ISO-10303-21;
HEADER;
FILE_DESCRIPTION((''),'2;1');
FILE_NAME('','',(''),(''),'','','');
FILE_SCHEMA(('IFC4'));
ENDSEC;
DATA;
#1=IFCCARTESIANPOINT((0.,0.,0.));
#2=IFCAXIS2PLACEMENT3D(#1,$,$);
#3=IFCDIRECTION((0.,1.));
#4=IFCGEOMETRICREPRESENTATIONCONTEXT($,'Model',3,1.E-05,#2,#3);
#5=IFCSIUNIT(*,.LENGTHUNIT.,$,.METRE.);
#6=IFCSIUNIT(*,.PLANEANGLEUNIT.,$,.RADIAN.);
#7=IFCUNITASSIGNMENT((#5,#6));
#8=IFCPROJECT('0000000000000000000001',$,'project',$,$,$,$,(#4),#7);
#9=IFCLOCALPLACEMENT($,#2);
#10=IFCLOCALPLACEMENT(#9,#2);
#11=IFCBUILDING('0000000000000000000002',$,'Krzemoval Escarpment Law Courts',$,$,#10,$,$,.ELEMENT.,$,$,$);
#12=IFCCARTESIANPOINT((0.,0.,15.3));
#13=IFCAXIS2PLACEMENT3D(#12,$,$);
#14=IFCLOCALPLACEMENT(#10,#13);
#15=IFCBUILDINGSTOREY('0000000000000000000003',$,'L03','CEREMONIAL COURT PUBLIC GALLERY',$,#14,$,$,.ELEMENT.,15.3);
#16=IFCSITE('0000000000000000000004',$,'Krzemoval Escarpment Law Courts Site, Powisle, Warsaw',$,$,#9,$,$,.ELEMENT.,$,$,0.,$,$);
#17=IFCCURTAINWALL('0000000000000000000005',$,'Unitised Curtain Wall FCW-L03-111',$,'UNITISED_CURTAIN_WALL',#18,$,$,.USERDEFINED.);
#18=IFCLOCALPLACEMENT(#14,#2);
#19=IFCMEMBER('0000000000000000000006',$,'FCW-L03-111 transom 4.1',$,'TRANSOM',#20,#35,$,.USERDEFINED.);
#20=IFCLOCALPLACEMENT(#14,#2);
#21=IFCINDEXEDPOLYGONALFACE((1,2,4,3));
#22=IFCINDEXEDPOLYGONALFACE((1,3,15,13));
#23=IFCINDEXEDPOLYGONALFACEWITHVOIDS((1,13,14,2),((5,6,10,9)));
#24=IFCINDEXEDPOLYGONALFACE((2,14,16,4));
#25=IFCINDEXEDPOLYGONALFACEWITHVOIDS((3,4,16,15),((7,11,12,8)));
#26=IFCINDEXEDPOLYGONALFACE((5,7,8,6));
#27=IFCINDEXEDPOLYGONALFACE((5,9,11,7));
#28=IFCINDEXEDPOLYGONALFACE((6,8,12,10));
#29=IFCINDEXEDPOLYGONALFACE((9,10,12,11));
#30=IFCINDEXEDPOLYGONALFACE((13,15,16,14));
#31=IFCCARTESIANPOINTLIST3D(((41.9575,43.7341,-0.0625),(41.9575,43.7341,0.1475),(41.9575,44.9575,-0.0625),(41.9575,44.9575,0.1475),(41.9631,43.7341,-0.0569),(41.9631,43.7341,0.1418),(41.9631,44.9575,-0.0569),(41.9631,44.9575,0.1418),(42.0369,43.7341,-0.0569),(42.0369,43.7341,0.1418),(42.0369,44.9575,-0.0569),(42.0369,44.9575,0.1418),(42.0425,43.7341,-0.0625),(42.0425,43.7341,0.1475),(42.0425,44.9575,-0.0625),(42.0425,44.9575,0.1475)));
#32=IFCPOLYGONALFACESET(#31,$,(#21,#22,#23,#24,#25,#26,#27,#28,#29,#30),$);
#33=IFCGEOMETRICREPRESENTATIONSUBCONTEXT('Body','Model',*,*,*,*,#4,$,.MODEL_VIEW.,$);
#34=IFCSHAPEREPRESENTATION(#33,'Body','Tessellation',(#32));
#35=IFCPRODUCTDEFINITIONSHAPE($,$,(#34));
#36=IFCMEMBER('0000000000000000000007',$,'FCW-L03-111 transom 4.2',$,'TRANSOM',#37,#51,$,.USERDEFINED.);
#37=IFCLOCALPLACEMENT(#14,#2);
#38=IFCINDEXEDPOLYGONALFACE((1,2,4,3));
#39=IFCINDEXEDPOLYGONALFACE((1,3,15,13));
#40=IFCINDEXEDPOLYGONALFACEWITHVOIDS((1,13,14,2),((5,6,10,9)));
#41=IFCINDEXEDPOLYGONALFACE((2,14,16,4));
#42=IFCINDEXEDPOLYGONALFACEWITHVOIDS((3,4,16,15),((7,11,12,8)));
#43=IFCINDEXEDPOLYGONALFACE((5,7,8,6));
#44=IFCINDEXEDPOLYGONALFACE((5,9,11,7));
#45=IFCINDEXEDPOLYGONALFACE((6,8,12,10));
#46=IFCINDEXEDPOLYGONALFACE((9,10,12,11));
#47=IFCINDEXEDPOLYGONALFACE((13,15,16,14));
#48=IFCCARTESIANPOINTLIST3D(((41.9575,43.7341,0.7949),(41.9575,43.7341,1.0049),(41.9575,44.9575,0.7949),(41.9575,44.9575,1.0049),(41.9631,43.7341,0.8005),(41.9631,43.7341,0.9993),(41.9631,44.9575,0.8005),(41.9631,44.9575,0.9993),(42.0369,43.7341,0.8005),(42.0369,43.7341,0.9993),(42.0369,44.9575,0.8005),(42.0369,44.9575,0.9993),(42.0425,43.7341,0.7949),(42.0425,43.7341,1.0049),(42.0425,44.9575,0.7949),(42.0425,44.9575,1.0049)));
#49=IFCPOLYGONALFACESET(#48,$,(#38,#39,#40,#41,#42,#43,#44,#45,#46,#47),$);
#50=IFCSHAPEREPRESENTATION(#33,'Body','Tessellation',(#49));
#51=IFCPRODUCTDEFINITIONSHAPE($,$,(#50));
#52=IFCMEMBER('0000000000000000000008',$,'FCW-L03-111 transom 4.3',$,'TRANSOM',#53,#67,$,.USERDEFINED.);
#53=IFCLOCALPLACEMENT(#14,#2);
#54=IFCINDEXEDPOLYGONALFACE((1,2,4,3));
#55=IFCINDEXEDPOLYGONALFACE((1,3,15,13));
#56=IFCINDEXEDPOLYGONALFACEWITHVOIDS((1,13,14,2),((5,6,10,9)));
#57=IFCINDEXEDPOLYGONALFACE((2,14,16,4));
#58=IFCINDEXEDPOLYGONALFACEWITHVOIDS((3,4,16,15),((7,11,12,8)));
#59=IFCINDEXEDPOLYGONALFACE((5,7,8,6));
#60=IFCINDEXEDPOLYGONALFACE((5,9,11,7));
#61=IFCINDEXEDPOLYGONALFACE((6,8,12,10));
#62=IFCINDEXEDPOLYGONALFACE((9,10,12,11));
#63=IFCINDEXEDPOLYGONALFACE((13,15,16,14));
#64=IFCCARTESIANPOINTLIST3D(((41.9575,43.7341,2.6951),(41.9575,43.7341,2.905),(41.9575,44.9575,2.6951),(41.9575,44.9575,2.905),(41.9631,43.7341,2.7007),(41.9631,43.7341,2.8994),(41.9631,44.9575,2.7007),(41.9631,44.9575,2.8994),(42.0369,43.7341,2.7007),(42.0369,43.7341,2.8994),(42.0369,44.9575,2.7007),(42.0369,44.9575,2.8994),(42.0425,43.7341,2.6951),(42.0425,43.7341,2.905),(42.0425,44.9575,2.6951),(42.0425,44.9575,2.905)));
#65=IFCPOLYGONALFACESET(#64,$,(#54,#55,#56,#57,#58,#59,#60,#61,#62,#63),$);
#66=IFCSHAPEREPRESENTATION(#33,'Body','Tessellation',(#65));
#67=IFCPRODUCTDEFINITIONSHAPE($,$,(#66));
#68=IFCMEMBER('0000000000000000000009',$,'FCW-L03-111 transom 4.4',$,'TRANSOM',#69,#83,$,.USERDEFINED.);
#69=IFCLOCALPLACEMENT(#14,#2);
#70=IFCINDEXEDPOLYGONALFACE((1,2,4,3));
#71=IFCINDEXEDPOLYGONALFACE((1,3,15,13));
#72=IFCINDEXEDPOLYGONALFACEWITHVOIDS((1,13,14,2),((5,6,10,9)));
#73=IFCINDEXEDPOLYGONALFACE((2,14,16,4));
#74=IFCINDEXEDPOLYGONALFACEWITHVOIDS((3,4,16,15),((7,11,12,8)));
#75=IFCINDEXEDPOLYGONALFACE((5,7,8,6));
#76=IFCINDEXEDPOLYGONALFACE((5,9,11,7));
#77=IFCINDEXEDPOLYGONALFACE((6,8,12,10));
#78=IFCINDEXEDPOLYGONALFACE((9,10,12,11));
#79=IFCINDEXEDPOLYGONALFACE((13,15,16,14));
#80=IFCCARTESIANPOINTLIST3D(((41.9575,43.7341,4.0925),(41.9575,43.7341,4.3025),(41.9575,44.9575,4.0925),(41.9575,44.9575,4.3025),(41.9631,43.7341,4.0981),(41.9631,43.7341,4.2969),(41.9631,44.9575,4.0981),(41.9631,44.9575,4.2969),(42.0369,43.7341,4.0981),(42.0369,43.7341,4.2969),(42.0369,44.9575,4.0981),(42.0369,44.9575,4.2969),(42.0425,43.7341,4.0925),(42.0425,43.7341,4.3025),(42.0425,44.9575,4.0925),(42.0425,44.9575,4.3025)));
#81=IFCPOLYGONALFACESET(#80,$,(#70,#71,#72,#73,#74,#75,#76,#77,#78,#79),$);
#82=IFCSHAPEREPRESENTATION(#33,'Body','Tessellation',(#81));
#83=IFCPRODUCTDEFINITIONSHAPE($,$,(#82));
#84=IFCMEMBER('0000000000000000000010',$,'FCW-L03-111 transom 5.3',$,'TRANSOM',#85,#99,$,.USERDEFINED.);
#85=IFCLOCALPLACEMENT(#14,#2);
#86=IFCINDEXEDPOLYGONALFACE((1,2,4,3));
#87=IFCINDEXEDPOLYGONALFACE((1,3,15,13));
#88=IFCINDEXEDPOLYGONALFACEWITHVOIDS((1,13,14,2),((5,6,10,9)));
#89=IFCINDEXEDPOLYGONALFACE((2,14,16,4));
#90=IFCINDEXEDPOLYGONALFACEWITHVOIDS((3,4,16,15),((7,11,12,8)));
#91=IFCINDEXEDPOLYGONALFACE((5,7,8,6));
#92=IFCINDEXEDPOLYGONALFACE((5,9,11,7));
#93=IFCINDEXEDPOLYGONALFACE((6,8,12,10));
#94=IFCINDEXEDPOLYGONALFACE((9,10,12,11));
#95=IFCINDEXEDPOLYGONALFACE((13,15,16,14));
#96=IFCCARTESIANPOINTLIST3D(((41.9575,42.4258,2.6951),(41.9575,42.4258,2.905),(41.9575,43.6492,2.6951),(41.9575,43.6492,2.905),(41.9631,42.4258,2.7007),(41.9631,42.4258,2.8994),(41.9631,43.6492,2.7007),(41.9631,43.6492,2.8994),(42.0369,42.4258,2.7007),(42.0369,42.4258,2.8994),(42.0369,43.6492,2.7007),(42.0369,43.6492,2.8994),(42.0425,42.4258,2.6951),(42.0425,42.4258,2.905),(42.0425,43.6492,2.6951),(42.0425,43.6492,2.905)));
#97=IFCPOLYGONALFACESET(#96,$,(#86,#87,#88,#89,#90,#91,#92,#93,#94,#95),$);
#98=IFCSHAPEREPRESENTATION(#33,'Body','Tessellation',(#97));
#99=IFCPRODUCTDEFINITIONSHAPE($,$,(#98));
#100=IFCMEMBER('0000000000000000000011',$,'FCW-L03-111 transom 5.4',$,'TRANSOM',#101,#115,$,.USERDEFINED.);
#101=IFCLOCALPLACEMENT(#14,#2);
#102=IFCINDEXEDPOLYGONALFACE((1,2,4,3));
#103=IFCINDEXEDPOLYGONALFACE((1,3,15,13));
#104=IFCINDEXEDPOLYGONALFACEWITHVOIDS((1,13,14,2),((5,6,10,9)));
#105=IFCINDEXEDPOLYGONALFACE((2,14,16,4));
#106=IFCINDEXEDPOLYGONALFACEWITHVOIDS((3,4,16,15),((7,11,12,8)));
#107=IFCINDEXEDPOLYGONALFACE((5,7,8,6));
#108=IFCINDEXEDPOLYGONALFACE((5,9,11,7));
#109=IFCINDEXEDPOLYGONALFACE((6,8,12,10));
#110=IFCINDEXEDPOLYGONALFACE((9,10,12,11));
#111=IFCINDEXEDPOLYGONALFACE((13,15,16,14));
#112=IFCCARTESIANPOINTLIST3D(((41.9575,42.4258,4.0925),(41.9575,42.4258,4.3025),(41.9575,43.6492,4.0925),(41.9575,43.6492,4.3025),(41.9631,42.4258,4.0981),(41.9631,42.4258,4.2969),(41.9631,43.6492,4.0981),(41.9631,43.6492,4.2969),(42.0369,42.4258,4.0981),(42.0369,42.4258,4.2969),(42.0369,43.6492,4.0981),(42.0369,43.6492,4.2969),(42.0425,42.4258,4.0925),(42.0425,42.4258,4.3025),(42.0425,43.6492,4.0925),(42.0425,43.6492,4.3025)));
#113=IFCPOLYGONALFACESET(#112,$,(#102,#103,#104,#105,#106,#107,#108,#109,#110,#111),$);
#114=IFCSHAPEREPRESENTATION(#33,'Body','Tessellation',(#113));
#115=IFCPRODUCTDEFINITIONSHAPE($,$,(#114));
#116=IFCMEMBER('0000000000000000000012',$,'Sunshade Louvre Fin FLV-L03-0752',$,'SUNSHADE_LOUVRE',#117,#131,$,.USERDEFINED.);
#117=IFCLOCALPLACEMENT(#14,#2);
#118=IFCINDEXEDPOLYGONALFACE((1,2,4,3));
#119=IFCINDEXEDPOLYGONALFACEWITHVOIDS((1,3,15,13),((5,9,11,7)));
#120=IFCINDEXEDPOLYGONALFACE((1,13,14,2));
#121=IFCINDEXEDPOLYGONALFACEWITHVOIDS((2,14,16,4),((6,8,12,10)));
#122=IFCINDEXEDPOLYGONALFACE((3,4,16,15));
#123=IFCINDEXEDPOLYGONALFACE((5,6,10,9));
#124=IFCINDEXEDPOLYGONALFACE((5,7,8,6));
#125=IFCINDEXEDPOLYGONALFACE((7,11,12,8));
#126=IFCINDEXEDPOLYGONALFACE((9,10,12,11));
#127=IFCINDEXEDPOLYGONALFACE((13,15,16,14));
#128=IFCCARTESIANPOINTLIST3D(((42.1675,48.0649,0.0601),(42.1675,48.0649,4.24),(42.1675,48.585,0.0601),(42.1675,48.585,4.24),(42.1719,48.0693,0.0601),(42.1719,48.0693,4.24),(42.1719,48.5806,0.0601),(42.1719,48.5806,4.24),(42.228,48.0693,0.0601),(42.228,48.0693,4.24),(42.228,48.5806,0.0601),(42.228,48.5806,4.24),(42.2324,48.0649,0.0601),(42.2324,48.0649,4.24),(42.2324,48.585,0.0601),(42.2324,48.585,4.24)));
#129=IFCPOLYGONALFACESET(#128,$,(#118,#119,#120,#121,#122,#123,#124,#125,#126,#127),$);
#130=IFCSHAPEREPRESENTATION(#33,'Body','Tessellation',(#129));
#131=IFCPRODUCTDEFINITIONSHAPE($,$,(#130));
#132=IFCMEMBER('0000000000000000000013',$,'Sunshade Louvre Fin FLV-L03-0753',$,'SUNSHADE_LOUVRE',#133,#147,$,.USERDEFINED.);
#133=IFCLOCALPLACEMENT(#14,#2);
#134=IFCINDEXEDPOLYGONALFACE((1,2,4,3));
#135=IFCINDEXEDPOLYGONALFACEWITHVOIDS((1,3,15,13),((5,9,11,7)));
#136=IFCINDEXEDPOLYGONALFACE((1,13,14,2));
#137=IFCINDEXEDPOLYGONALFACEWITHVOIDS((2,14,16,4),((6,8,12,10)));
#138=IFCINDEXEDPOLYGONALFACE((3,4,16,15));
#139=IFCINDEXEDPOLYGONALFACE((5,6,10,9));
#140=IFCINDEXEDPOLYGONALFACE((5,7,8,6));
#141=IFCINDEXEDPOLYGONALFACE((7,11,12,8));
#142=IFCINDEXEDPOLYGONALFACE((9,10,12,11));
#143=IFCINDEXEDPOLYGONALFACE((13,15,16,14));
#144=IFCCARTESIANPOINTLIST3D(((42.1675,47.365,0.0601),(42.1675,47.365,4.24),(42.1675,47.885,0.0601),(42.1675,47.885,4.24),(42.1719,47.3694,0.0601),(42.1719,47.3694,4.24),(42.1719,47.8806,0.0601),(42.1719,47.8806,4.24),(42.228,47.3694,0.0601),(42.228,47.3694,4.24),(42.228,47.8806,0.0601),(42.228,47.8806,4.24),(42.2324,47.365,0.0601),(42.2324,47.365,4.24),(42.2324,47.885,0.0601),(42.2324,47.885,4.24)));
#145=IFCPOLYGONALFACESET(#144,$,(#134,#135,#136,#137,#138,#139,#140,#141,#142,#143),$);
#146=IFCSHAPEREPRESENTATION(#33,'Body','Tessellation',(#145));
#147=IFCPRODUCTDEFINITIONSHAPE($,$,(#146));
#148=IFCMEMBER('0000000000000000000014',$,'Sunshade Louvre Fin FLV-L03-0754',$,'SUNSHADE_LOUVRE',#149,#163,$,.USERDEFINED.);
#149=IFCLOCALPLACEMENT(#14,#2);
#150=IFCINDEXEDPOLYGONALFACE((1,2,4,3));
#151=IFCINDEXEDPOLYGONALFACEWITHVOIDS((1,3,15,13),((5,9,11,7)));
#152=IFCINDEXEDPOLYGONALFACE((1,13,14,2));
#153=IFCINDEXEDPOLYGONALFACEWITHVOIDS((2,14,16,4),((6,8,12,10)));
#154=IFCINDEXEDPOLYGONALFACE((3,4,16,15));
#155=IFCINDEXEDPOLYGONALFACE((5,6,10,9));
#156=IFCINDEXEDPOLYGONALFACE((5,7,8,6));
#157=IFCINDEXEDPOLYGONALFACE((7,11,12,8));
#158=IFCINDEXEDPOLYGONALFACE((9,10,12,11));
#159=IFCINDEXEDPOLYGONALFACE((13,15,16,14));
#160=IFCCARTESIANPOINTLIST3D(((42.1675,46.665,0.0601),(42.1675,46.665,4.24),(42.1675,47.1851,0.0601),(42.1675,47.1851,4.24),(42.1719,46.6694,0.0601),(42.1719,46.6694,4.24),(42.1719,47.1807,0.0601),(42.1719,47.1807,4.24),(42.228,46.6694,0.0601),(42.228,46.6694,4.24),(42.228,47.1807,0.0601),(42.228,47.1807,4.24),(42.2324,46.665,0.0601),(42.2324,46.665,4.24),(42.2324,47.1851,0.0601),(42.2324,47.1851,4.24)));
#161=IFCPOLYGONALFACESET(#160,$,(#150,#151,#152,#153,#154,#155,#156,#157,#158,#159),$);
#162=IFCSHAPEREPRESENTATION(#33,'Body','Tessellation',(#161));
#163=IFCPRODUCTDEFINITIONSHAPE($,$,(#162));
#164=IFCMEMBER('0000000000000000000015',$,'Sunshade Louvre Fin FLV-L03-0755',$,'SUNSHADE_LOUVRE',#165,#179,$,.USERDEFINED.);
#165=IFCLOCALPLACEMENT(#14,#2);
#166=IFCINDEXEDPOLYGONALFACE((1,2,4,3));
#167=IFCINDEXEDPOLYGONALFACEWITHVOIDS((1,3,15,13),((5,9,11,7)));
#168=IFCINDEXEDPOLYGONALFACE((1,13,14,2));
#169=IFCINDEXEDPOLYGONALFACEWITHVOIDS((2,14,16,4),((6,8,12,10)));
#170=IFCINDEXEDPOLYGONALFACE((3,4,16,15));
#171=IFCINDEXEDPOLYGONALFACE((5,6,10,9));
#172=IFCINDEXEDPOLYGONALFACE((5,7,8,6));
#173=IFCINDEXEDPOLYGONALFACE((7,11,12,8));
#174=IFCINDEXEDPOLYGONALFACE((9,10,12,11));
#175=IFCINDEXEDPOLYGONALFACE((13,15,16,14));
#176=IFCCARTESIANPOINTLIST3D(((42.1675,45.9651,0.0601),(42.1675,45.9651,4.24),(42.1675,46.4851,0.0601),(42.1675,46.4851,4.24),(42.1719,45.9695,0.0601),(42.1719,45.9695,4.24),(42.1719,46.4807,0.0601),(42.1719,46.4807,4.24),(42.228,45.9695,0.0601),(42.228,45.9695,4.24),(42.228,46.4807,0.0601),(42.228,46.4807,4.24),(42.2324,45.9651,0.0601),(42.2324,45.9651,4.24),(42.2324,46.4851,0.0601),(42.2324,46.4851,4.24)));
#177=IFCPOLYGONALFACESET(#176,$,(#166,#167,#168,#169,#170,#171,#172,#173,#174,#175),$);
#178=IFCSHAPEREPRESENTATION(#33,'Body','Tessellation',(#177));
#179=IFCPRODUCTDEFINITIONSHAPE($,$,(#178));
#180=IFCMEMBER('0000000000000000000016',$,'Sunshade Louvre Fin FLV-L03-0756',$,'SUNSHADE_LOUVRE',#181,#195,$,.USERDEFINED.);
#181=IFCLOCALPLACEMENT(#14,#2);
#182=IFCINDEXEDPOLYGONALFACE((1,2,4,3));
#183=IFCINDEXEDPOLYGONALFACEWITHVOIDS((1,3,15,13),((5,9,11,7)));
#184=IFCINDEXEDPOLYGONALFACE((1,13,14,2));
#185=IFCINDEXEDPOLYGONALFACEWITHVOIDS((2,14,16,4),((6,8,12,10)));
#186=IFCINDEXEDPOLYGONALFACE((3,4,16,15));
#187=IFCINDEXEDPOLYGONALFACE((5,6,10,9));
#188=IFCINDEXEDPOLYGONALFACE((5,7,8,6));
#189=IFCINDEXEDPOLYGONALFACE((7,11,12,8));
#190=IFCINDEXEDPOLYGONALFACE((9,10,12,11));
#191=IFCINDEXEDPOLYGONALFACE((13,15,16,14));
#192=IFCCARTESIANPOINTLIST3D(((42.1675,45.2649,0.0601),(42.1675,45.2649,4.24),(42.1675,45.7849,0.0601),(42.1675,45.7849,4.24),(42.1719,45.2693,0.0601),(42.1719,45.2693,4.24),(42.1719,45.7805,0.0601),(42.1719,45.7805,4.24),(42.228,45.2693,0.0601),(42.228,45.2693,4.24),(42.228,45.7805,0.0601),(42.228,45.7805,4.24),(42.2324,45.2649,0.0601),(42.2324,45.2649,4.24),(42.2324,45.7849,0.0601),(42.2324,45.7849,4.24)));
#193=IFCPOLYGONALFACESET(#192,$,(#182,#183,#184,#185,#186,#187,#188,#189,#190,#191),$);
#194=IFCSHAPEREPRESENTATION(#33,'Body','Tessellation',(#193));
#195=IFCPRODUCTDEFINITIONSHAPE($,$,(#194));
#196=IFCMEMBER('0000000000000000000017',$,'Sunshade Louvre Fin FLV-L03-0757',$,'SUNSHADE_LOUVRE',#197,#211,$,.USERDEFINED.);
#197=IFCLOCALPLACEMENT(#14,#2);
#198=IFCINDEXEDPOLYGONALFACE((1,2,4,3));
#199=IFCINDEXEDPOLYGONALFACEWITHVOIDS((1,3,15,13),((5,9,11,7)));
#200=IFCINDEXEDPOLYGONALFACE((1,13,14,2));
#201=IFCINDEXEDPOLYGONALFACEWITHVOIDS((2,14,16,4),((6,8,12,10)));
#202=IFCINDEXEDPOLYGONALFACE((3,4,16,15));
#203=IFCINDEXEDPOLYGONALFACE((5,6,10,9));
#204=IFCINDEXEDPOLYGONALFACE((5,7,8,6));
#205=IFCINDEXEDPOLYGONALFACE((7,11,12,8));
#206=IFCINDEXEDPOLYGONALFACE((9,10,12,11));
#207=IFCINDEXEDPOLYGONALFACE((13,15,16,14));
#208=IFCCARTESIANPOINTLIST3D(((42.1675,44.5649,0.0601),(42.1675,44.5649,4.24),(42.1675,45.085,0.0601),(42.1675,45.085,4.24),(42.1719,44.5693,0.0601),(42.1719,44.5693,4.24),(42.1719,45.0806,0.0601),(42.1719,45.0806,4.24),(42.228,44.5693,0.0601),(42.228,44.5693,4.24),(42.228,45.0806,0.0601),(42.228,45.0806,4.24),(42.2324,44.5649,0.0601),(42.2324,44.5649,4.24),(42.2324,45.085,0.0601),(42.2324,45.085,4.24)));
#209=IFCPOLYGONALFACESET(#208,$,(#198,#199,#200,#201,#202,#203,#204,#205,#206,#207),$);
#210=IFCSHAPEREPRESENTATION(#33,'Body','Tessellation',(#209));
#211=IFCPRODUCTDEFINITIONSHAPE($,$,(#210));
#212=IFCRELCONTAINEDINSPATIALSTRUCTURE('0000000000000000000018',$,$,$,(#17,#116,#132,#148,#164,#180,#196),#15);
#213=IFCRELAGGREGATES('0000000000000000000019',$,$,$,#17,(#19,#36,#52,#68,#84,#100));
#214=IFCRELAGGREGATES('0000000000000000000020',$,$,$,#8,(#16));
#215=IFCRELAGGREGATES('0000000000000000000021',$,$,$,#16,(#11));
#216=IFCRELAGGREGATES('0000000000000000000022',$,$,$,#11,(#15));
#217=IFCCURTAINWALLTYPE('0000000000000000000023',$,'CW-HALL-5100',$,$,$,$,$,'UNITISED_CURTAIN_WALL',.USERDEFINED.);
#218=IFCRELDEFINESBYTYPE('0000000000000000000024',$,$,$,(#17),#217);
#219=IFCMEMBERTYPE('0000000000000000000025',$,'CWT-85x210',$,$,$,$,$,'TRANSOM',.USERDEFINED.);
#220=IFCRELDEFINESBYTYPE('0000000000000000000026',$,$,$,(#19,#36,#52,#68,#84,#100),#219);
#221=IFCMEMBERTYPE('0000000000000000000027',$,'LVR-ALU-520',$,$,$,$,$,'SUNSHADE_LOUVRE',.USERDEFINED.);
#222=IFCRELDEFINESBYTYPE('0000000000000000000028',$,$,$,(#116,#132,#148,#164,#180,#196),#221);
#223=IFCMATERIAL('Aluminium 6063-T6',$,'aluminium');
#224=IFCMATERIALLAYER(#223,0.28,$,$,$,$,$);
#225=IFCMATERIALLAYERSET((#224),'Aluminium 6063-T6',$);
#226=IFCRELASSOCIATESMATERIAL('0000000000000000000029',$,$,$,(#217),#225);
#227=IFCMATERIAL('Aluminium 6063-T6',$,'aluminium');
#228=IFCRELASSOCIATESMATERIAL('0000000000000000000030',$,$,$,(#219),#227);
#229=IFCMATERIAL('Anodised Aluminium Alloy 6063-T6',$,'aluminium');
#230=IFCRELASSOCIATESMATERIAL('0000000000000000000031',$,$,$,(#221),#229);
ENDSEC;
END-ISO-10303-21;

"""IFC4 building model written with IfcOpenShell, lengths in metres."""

from ifc_helpers import new_model, si_unit, direction, frame, origin, origin_2d, place, context, subcontext, project, spatial, hollow_rectangle, extrude, material, layer, layer_set, material_profile, profile_set, type_object, element, aggregate, save


model = new_model("IFC4")

# Units and contexts
model_context = context("Model", 3, precision=1e-05, world=origin(), true_north=direction((0.0, 1.0)))
body_context = subcontext(model_context, "Body", "Model", "MODEL_VIEW")
ifc_project = project(units=[si_unit("LENGTHUNIT", "METRE"), si_unit("PLANEANGLEUNIT", "RADIAN")], contexts=[model_context])

# Site, building, storey
site_placement = place(None, origin())
site = spatial("IfcSite", under=ifc_project, at=site_placement, Name="Krzemoval Escarpment Law Courts Site, Powisle, Warsaw", CompositionType="ELEMENT", RefElevation=0.0)
building_placement = place(site_placement, origin())
building = spatial("IfcBuilding", under=site, at=building_placement, Name="Krzemoval Escarpment Law Courts", CompositionType="ELEMENT")
storey_placement = place(building_placement, frame((0.0, 0.0, 15.3)))
storey = spatial("IfcBuildingStorey", under=building, at=storey_placement, Name="L03", Description="CEREMONIAL COURT PUBLIC GALLERY", CompositionType="ELEMENT", Elevation=15.3)

# Curtain wall, members
ifc_material_1 = material(Name="Aluminium 6063-T6", Category="aluminium")
ifc_layer_1 = layer(ifc_material_1, 0.28)
ifc_layer_set_1 = layer_set([ifc_layer_1], Name="Aluminium 6063-T6")
curtain_wall_type = type_object("IfcCurtainWallType", Name="CW-HALL-5100", ElementType="UNITISED_CURTAIN_WALL", PredefinedType="USERDEFINED", material=ifc_layer_set_1)
curtain_wall_placement = place(storey_placement, origin())
curtain_wall = element("IfcCurtainWall", 1, at=curtain_wall_placement, inside=storey, type_object=curtain_wall_type, Name="Unitised Curtain Wall FCW-L03-111", ObjectType="UNITISED_CURTAIN_WALL", PredefinedType="USERDEFINED")
ifc_material_2 = material(Name="Aluminium 6063-T6", Category="aluminium")
ifc_material_profile_1 = material_profile(ifc_material_2, hollow_rectangle(XDim=0.085, YDim=0.21, WallThickness=0.0056, at=origin_2d()), Name="ALU T85x210")
ifc_profile_set_1 = profile_set([ifc_material_profile_1], Name="Aluminium 6063-T6")
member_type_1 = type_object("IfcMemberType", Name="CWT-85x210", ElementType="TRANSOM", PredefinedType="USERDEFINED", material=ifc_profile_set_1)
member_1_placement = place(storey_placement, frame((42.0, 44.9575, 0.0425), z_axis=(0.0, -1.0, 0.0), x_axis=(1.0, 0.0, 0.0)))
member_1 = element("IfcMember", 2, at=member_1_placement, type_object=member_type_1, Name="FCW-L03-111 transom 4.1", ObjectType="TRANSOM", PredefinedType="USERDEFINED", context=body_context, shape_type="SweptSolid", body=[
    extrude(hollow_rectangle(XDim=0.085, YDim=0.21, WallThickness=0.0056, at=origin_2d()), origin(), (0.0, 0.0, 1.0), 1.2234),
])
member_2_placement = place(storey_placement, frame((42.0, 44.9575, 0.8999), z_axis=(0.0, -1.0, 0.0), x_axis=(1.0, 0.0, 0.0)))
member_2 = element("IfcMember", 3, at=member_2_placement, type_object=member_type_1, Name="FCW-L03-111 transom 4.2", ObjectType="TRANSOM", PredefinedType="USERDEFINED", context=body_context, shape_type="SweptSolid", body=[
    extrude(hollow_rectangle(XDim=0.085, YDim=0.21, WallThickness=0.0056, at=origin_2d()), origin(), (0.0, 0.0, 1.0), 1.2234),
])
member_3_placement = place(storey_placement, frame((42.0, 44.9575, 2.8), z_axis=(0.0, -1.0, 0.0), x_axis=(1.0, 0.0, 0.0)))
member_3 = element("IfcMember", 4, at=member_3_placement, type_object=member_type_1, Name="FCW-L03-111 transom 4.3", ObjectType="TRANSOM", PredefinedType="USERDEFINED", context=body_context, shape_type="SweptSolid", body=[
    extrude(hollow_rectangle(XDim=0.085, YDim=0.21, WallThickness=0.0056, at=origin_2d()), origin(), (0.0, 0.0, 1.0), 1.2234),
])
member_4_placement = place(storey_placement, frame((42.0, 44.9575, 4.1975), z_axis=(0.0, -1.0, 0.0), x_axis=(1.0, 0.0, 0.0)))
member_4 = element("IfcMember", 5, at=member_4_placement, type_object=member_type_1, Name="FCW-L03-111 transom 4.4", ObjectType="TRANSOM", PredefinedType="USERDEFINED", context=body_context, shape_type="SweptSolid", body=[
    extrude(hollow_rectangle(XDim=0.085, YDim=0.21, WallThickness=0.0056, at=origin_2d()), origin(), (0.0, 0.0, 1.0), 1.2234),
])
member_5_placement = place(storey_placement, frame((42.0, 43.6492, 2.8), z_axis=(0.0, -1.0, 0.0), x_axis=(1.0, 0.0, 0.0)))
member_5 = element("IfcMember", 6, at=member_5_placement, type_object=member_type_1, Name="FCW-L03-111 transom 5.3", ObjectType="TRANSOM", PredefinedType="USERDEFINED", context=body_context, shape_type="SweptSolid", body=[
    extrude(hollow_rectangle(XDim=0.085, YDim=0.21, WallThickness=0.0056, at=origin_2d()), origin(), (0.0, 0.0, 1.0), 1.2234),
])
member_6_placement = place(storey_placement, frame((42.0, 43.6492, 4.1975), z_axis=(0.0, -1.0, 0.0), x_axis=(1.0, 0.0, 0.0)))
member_6 = element("IfcMember", 7, at=member_6_placement, type_object=member_type_1, Name="FCW-L03-111 transom 5.4", ObjectType="TRANSOM", PredefinedType="USERDEFINED", context=body_context, shape_type="SweptSolid", body=[
    extrude(hollow_rectangle(XDim=0.085, YDim=0.21, WallThickness=0.0056, at=origin_2d()), origin(), (0.0, 0.0, 1.0), 1.2234),
])

# Members
ifc_material_3 = material(Name="Anodised Aluminium Alloy 6063-T6", Category="aluminium")
ifc_material_profile_2 = material_profile(ifc_material_3, hollow_rectangle(XDim=0.0649, YDim=0.52, WallThickness=0.0044, at=origin_2d()), Name="ALU LVR 65x520")
ifc_profile_set_2 = profile_set([ifc_material_profile_2], Name="Anodised Aluminium Alloy 6063-T6")
member_type_2 = type_object("IfcMemberType", Name="LVR-ALU-520", ElementType="SUNSHADE_LOUVRE", PredefinedType="USERDEFINED", material=ifc_profile_set_2)
for number, where, z_axis, x_axis, name in (
    (8, (42.2, 48.325, 0.0601), (0.0, 0.0, 1.0), (1.0, 0.0, 0.0), "Sunshade Louvre Fin FLV-L03-0752"),
    (9, (42.2, 47.625, 0.0601), (0.0, 0.0, 1.0), (1.0, 0.0, 0.0), "Sunshade Louvre Fin FLV-L03-0753"),
    (10, (42.2, 46.925, 0.0601), (0.0, 0.0, 1.0), (1.0, 0.0, 0.0), "Sunshade Louvre Fin FLV-L03-0754"),
    (11, (42.2, 46.2251, 0.0601), (0.0, 0.0, 1.0), (1.0, 0.0, 0.0), "Sunshade Louvre Fin FLV-L03-0755"),
    (12, (42.2, 45.5249, 0.0601), (0.0, 0.0, 1.0), (1.0, 0.0, 0.0), "Sunshade Louvre Fin FLV-L03-0756"),
    (13, (42.2, 44.825, 0.0601), (0.0, 0.0, 1.0), (1.0, 0.0, 0.0), "Sunshade Louvre Fin FLV-L03-0757"),
):
    element("IfcMember", number, at=place(storey_placement, frame(where, z_axis=z_axis, x_axis=x_axis)), inside=storey, type_object=member_type_2, Name=name, ObjectType="SUNSHADE_LOUVRE", PredefinedType="USERDEFINED", context=body_context, shape_type="SweptSolid", body=[
        extrude(hollow_rectangle(XDim=0.0649, YDim=0.52, WallThickness=0.0044, at=origin_2d()), origin(), (0.0, 0.0, 1.0), 4.1799),
    ])

aggregate(curtain_wall, [member_1, member_2, member_3, member_4, member_5, member_6])

save(model, "model.ifc")
